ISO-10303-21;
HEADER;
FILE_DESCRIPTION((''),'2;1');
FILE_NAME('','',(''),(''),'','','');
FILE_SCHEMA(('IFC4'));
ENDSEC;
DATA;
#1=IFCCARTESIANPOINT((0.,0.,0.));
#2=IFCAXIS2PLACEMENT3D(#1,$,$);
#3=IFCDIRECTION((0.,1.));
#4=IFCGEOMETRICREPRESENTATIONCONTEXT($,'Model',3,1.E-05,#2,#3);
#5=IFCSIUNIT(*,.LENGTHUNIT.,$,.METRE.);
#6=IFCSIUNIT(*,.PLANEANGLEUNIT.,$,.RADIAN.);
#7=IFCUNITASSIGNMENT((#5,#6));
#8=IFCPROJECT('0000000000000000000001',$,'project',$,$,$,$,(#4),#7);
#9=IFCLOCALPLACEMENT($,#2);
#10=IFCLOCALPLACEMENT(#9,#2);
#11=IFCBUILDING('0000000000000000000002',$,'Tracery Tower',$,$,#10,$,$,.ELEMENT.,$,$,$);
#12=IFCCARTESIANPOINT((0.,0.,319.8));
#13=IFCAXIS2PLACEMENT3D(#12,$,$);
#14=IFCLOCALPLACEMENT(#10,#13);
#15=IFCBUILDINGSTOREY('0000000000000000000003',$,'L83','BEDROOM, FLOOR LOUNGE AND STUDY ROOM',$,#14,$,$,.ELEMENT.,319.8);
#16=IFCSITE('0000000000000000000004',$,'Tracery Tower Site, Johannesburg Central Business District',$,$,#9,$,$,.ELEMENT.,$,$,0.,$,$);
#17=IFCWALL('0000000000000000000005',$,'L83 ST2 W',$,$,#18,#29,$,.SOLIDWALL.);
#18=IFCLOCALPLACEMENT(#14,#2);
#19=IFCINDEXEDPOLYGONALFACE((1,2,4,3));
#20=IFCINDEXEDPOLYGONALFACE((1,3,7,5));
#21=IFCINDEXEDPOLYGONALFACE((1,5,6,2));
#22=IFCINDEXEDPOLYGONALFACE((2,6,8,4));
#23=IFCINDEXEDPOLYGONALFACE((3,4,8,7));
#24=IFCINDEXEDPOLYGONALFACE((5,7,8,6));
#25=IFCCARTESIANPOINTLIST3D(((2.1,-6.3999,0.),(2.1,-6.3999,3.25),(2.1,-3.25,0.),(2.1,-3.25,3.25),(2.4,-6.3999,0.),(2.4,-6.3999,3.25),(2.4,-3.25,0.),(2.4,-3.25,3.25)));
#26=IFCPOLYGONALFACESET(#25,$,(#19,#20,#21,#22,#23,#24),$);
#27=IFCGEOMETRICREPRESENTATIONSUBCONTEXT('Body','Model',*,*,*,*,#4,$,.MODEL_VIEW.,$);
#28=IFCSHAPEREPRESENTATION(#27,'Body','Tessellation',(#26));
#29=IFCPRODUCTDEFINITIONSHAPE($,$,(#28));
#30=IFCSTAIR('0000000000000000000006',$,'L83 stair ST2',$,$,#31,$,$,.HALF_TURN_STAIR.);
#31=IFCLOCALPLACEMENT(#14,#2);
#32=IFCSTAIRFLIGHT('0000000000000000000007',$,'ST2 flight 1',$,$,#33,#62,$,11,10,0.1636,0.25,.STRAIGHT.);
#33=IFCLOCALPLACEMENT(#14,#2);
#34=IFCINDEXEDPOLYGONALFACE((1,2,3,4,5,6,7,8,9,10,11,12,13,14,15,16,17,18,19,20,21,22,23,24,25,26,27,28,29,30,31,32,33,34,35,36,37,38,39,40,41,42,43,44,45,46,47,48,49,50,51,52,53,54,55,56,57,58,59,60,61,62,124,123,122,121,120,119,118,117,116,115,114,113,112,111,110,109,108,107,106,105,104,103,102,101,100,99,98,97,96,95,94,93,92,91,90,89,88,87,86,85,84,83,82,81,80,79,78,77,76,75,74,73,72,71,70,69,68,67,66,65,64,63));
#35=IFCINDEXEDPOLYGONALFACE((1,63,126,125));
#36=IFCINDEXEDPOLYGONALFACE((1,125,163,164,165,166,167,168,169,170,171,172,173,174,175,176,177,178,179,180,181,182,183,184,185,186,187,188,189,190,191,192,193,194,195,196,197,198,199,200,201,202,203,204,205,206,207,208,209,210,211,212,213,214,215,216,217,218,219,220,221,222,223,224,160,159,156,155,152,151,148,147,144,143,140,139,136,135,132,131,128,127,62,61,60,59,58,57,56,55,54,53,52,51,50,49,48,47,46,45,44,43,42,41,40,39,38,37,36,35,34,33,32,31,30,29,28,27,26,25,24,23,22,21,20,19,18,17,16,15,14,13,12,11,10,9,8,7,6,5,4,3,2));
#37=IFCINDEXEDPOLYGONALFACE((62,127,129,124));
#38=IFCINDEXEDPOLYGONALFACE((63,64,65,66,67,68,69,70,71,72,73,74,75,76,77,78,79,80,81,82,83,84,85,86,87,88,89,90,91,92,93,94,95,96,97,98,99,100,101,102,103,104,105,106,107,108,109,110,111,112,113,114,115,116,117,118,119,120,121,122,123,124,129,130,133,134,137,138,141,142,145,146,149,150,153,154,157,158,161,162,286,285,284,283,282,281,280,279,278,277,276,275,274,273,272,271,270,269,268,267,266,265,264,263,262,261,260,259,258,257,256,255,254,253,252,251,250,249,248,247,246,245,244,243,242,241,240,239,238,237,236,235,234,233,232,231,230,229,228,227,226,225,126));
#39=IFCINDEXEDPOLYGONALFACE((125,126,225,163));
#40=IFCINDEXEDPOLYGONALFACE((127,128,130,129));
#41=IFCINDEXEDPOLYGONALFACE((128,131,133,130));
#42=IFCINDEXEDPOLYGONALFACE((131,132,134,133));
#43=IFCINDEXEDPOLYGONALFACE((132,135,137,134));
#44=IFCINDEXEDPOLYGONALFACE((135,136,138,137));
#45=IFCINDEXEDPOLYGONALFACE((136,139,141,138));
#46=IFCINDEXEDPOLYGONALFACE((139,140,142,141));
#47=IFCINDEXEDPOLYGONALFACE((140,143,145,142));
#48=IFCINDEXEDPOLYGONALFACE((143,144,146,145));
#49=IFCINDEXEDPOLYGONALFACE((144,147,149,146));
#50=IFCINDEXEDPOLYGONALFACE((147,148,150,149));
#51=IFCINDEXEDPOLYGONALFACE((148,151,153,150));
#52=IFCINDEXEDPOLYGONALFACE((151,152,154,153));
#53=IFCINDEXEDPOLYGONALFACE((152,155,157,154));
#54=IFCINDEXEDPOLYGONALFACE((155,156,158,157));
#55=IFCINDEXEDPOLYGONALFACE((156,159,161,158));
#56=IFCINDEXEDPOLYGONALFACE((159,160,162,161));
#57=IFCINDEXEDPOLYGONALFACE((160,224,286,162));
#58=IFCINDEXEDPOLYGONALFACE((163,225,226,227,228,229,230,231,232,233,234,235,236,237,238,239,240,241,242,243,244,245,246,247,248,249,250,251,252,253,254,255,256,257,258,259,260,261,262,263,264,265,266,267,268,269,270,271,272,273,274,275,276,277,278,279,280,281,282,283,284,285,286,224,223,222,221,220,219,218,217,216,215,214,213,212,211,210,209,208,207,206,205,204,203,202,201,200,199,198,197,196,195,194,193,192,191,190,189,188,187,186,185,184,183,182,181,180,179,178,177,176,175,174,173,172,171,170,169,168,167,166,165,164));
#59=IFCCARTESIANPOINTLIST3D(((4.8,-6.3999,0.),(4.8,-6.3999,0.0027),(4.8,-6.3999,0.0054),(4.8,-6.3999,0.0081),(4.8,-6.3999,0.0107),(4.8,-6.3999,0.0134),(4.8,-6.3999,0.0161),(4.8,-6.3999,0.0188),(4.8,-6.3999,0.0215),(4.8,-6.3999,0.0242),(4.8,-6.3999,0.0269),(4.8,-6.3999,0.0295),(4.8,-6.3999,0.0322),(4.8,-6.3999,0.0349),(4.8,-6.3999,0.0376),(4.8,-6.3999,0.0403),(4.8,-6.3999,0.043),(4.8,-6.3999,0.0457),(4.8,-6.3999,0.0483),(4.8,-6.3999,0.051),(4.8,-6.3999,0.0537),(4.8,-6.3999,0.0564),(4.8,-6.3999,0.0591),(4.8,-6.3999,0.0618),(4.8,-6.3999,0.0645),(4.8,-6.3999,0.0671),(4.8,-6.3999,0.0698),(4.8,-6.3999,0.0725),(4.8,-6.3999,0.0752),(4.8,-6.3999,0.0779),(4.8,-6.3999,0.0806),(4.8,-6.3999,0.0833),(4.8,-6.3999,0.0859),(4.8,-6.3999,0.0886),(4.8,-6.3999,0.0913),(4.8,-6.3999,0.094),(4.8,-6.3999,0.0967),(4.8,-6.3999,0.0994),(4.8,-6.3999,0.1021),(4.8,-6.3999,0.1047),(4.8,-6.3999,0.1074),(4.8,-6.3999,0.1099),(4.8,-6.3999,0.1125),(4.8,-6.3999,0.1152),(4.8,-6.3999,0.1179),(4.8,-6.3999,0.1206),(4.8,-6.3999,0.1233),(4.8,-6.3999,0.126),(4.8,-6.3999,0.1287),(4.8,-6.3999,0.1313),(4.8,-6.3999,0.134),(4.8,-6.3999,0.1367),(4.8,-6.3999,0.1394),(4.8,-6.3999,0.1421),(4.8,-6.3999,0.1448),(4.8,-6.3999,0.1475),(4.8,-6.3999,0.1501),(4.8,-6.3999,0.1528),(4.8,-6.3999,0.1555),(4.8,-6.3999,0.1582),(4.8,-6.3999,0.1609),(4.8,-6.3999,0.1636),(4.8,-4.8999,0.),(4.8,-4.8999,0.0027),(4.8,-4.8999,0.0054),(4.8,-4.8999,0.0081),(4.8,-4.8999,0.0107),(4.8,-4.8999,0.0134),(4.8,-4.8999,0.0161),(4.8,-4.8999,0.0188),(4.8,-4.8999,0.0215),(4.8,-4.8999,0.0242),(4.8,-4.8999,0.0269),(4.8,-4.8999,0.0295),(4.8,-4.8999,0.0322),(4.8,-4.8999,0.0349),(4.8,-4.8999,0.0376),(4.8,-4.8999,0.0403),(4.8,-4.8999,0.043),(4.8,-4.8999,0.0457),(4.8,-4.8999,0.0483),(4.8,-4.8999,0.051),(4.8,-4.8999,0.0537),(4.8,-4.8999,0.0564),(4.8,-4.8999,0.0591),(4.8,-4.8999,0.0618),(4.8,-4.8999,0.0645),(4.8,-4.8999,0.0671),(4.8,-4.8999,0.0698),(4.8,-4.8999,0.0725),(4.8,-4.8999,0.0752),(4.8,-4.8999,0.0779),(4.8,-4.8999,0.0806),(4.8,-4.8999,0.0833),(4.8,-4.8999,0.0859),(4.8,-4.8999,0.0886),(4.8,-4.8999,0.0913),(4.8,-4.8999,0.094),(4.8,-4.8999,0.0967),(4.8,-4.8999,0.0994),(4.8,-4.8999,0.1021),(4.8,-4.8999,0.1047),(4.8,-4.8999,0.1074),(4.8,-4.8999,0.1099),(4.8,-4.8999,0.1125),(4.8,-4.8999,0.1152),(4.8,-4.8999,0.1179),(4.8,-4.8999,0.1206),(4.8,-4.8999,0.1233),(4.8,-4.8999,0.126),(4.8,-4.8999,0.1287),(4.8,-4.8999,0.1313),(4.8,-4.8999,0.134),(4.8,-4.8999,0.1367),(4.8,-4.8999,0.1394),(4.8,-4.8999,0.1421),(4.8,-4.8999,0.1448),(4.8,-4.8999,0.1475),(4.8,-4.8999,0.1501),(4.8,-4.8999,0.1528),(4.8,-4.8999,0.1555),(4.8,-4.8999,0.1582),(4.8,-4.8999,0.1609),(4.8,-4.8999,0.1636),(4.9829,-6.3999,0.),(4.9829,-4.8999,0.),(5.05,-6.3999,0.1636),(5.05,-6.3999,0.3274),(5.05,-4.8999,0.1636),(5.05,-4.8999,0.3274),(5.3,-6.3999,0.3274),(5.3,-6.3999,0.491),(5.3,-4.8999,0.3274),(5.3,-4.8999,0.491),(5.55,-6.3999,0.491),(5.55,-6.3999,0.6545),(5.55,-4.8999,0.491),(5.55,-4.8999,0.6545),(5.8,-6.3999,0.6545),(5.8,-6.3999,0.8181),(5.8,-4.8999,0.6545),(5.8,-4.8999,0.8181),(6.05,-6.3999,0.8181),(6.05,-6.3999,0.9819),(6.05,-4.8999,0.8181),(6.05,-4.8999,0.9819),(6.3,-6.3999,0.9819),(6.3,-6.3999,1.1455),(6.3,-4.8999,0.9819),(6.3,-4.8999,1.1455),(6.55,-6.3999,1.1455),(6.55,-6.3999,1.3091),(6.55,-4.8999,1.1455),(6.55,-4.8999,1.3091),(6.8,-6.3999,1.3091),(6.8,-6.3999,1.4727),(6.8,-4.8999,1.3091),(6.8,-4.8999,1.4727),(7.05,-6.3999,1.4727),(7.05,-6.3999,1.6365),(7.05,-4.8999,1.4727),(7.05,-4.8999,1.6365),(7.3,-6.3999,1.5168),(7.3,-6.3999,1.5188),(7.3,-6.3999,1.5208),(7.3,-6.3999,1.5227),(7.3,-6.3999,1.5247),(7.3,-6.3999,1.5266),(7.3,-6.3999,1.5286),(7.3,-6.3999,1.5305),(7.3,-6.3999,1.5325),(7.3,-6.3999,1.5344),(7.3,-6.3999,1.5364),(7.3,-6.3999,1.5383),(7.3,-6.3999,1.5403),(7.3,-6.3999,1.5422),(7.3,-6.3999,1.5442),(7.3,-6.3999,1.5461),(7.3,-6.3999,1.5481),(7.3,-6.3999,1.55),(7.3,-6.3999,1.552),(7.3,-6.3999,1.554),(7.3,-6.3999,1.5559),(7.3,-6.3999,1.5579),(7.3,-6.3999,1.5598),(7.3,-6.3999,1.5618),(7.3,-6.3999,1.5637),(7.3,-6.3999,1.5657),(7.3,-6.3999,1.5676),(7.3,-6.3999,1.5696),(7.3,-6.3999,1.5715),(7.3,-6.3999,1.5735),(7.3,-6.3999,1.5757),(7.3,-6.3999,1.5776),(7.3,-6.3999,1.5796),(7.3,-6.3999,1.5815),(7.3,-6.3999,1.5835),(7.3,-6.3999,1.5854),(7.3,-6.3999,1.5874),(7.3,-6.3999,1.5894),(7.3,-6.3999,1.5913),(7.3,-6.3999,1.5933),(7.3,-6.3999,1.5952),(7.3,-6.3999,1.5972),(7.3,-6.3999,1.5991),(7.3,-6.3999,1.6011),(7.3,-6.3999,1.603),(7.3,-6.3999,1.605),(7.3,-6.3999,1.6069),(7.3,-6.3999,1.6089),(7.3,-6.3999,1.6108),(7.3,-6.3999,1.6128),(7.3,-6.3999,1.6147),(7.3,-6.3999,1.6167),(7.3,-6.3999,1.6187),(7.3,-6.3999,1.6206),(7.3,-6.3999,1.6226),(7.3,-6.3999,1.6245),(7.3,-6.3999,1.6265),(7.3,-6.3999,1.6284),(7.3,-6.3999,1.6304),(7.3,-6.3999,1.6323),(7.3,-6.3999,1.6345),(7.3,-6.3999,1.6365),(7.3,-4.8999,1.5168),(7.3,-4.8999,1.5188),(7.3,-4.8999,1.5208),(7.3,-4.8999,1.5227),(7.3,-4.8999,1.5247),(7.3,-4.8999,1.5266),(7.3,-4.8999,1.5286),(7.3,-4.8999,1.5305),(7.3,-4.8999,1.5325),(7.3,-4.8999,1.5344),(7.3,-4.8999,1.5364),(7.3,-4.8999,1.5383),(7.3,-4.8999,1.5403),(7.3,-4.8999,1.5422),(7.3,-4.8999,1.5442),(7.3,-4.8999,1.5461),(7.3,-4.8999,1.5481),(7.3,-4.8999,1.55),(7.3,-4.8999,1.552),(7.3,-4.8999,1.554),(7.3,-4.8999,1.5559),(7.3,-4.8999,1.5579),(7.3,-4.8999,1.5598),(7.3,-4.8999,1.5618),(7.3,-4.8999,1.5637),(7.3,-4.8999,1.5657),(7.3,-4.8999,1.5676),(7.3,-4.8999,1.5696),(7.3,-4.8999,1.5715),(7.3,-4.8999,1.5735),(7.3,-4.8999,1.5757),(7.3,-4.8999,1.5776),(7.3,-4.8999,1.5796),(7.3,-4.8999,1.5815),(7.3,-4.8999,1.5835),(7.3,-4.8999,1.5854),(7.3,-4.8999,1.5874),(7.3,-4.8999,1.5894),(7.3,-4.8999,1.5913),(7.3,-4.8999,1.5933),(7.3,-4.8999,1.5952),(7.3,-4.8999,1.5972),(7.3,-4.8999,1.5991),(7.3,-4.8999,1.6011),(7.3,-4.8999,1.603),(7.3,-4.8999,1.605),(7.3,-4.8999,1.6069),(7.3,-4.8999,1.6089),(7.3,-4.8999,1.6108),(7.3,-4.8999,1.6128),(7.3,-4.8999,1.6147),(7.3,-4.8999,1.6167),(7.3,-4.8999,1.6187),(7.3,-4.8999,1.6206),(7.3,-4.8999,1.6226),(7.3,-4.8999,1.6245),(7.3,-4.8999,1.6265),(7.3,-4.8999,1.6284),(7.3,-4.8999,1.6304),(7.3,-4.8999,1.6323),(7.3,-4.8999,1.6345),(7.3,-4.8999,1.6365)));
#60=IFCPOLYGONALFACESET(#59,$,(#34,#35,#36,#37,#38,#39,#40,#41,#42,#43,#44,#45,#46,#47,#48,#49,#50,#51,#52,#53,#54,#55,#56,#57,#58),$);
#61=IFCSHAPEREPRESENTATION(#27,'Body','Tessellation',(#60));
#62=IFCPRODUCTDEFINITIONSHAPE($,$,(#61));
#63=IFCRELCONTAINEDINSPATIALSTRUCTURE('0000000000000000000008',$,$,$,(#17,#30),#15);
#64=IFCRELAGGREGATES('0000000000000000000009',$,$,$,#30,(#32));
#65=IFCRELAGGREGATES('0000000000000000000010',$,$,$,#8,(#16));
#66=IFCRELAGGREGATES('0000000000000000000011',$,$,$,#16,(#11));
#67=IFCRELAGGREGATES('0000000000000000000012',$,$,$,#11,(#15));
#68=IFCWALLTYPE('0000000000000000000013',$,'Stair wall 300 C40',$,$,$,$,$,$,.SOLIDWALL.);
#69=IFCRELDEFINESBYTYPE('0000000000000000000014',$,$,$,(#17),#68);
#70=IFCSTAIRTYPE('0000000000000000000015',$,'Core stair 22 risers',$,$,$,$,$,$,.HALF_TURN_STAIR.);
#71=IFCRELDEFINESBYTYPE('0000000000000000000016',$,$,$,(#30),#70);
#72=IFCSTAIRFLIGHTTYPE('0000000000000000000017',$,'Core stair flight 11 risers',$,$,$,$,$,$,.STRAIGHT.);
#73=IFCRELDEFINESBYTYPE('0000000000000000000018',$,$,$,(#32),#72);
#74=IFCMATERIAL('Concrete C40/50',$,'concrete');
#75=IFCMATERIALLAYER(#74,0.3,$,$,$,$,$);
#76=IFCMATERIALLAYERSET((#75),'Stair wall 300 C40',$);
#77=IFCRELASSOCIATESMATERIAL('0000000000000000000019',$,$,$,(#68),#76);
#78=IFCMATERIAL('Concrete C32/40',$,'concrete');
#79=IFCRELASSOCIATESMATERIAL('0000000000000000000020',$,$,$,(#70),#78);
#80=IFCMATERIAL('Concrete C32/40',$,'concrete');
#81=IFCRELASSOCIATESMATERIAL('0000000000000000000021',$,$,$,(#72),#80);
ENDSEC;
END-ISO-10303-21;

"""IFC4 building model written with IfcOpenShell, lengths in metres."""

from ifc_helpers import new_model, si_unit, direction, frame, frame_2d, origin, place, context, subcontext, project, spatial, polyline, rectangle, outline, extrude, material, layer, layer_set, type_object, element, aggregate, save


model = new_model("IFC4")

# Units and contexts
model_context = context("Model", 3, precision=1e-05, world=origin(), true_north=direction((0.0, 1.0)))
body_context = subcontext(model_context, "Body", "Model", "MODEL_VIEW")
ifc_project = project(units=[si_unit("LENGTHUNIT", "METRE"), si_unit("PLANEANGLEUNIT", "RADIAN")], contexts=[model_context])

# Site, building, storey
site_placement = place(None, origin())
site = spatial("IfcSite", under=ifc_project, at=site_placement, Name="Tracery Tower Site, Johannesburg Central Business District", CompositionType="ELEMENT", RefElevation=0.0)
building_placement = place(site_placement, origin())
building = spatial("IfcBuilding", under=site, at=building_placement, Name="Tracery Tower", CompositionType="ELEMENT")
storey_placement = place(building_placement, frame((0.0, 0.0, 319.8)))
storey = spatial("IfcBuildingStorey", under=building, at=storey_placement, Name="L83", Description="BEDROOM, FLOOR LOUNGE AND STUDY ROOM", CompositionType="ELEMENT", Elevation=319.8)

# Shared definitions
ifc_material_1 = material(Name="Concrete C40/50", Category="concrete")
ifc_layer_1 = layer(ifc_material_1, 0.3)
ifc_layer_set_1 = layer_set([ifc_layer_1], Name="Stair wall 300 C40")
wall_type_1 = type_object("IfcWallType", Name="Stair wall 300 C40", PredefinedType="SOLIDWALL", material=ifc_layer_set_1)

# Wall
wall_1_placement = place(storey_placement, frame((2.25, -6.3999, 0.0), z_axis=(0.0, 0.0, 1.0), x_axis=(0.0, 1.0, 0.0)))
element("IfcWall", 1, at=wall_1_placement, inside=storey, type_object=wall_type_1, Name="L83 ST2 W", PredefinedType="SOLIDWALL", context=body_context, shape_type="SweptSolid", body=[
    extrude(rectangle(XDim=3.1499, YDim=0.3, at=frame_2d((1.575, 0.0))), origin(), (0.0, 0.0, 1.0), 3.25),
])

# Stair, stair flight
ifc_material_2 = material(Name="Concrete C32/40", Category="concrete")
stair_type = type_object("IfcStairType", Name="Core stair 22 risers", PredefinedType="HALF_TURN_STAIR", material=ifc_material_2)
stair_placement = place(storey_placement, origin())
stair = element("IfcStair", 2, at=stair_placement, inside=storey, type_object=stair_type, Name="L83 stair ST2", PredefinedType="HALF_TURN_STAIR")
ifc_material_3 = material(Name="Concrete C32/40", Category="concrete")
stair_flight_type = type_object("IfcStairFlightType", Name="Core stair flight 11 risers", PredefinedType="STRAIGHT", material=ifc_material_3)
stair_flight_placement = place(storey_placement, frame((4.8, -5.6499, 0.0), z_axis=(0.0, 0.0, 1.0), x_axis=(1.0, 0.0, 0.0)))
stair_flight = element("IfcStairFlight", 3, at=stair_flight_placement, type_object=stair_flight_type, Name="ST2 flight 1", NumberOfRisers=11, NumberOfTreads=10, PredefinedType="STRAIGHT", RiserHeight=0.1636, TreadLength=0.25, context=body_context, shape_type="SweptSolid", body=[
    extrude(outline(polyline([(0.0, 0.0), (0.0, 0.0027), (0.0, 0.0054), (0.0, 0.0081), (0.0, 0.0107), (0.0, 0.0134), (0.0, 0.0161), (0.0, 0.0188), (0.0, 0.0215), (0.0, 0.0242), (0.0, 0.0269), (0.0, 0.0295), (0.0, 0.0322), (0.0, 0.0349), (0.0, 0.0376), (0.0, 0.0403), (0.0, 0.043), (0.0, 0.0457), (0.0, 0.0483), (0.0, 0.051), (0.0, 0.0537), (0.0, 0.0564), (0.0, 0.0591), (0.0, 0.0618), (0.0, 0.0645), (0.0, 0.0671), (0.0, 0.0698), (0.0, 0.0725), (0.0, 0.0752), (0.0, 0.0779), (0.0, 0.0806), (0.0, 0.0833), (0.0, 0.0859), (0.0, 0.0886), (0.0, 0.0913), (0.0, 0.094), (0.0, 0.0967), (0.0, 0.0994), (0.0, 0.1021), (0.0, 0.1047), (0.0, 0.1074), (0.0, 0.1099), (0.0, 0.1125), (0.0, 0.1152), (0.0, 0.1179), (0.0, 0.1206), (0.0, 0.1233), (0.0, 0.126), (0.0, 0.1287), (0.0, 0.1313), (0.0, 0.134), (0.0, 0.1367), (0.0, 0.1394), (0.0, 0.1421), (0.0, 0.1448), (0.0, 0.1475), (0.0, 0.1501), (0.0, 0.1528), (0.0, 0.1555), (0.0, 0.1582), (0.0, 0.1609), (0.0, 0.1636), (0.25, 0.1636), (0.25, 0.3274), (0.5, 0.3274), (0.5, 0.491), (0.75, 0.491), (0.75, 0.6545), (1.0, 0.6545), (1.0, 0.8181), (1.25, 0.8181), (1.25, 0.9819), (1.5, 0.9819), (1.5, 1.1455), (1.75, 1.1455), (1.75, 1.3091), (2.0, 1.3091), (2.0, 1.4727), (2.25, 1.4727), (2.25, 1.6365), (2.5, 1.6365), (2.5, 1.6345), (2.5, 1.6323), (2.5, 1.6304), (2.5, 1.6284), (2.5, 1.6265), (2.5, 1.6245), (2.5, 1.6226), (2.5, 1.6206), (2.5, 1.6187), (2.5, 1.6167), (2.5, 1.6147), (2.5, 1.6128), (2.5, 1.6108), (2.5, 1.6089), (2.5, 1.6069), (2.5, 1.605), (2.5, 1.603), (2.5, 1.6011), (2.5, 1.5991), (2.5, 1.5972), (2.5, 1.5952), (2.5, 1.5933), (2.5, 1.5913), (2.5, 1.5894), (2.5, 1.5874), (2.5, 1.5854), (2.5, 1.5835), (2.5, 1.5815), (2.5, 1.5796), (2.5, 1.5776), (2.5, 1.5757), (2.5, 1.5735), (2.5, 1.5715), (2.5, 1.5696), (2.5, 1.5676), (2.5, 1.5657), (2.5, 1.5637), (2.5, 1.5618), (2.5, 1.5598), (2.5, 1.5579), (2.5, 1.5559), (2.5, 1.554), (2.5, 1.552), (2.5, 1.55), (2.5, 1.5481), (2.5, 1.5461), (2.5, 1.5442), (2.5, 1.5422), (2.5, 1.5403), (2.5, 1.5383), (2.5, 1.5364), (2.5, 1.5344), (2.5, 1.5325), (2.5, 1.5305), (2.5, 1.5286), (2.5, 1.5266), (2.5, 1.5247), (2.5, 1.5227), (2.5, 1.5208), (2.5, 1.5188), (2.5, 1.5168), (0.1829, 0.0), (0.0, 0.0)])), frame((0.0, 0.75, 0.0), z_axis=(0.0, -1.0, 0.0), x_axis=(1.0, 0.0, 0.0)), (0.0, 0.0, 1.0), 1.5),
])
aggregate(stair, [stair_flight])

save(model, "model.ifc")
